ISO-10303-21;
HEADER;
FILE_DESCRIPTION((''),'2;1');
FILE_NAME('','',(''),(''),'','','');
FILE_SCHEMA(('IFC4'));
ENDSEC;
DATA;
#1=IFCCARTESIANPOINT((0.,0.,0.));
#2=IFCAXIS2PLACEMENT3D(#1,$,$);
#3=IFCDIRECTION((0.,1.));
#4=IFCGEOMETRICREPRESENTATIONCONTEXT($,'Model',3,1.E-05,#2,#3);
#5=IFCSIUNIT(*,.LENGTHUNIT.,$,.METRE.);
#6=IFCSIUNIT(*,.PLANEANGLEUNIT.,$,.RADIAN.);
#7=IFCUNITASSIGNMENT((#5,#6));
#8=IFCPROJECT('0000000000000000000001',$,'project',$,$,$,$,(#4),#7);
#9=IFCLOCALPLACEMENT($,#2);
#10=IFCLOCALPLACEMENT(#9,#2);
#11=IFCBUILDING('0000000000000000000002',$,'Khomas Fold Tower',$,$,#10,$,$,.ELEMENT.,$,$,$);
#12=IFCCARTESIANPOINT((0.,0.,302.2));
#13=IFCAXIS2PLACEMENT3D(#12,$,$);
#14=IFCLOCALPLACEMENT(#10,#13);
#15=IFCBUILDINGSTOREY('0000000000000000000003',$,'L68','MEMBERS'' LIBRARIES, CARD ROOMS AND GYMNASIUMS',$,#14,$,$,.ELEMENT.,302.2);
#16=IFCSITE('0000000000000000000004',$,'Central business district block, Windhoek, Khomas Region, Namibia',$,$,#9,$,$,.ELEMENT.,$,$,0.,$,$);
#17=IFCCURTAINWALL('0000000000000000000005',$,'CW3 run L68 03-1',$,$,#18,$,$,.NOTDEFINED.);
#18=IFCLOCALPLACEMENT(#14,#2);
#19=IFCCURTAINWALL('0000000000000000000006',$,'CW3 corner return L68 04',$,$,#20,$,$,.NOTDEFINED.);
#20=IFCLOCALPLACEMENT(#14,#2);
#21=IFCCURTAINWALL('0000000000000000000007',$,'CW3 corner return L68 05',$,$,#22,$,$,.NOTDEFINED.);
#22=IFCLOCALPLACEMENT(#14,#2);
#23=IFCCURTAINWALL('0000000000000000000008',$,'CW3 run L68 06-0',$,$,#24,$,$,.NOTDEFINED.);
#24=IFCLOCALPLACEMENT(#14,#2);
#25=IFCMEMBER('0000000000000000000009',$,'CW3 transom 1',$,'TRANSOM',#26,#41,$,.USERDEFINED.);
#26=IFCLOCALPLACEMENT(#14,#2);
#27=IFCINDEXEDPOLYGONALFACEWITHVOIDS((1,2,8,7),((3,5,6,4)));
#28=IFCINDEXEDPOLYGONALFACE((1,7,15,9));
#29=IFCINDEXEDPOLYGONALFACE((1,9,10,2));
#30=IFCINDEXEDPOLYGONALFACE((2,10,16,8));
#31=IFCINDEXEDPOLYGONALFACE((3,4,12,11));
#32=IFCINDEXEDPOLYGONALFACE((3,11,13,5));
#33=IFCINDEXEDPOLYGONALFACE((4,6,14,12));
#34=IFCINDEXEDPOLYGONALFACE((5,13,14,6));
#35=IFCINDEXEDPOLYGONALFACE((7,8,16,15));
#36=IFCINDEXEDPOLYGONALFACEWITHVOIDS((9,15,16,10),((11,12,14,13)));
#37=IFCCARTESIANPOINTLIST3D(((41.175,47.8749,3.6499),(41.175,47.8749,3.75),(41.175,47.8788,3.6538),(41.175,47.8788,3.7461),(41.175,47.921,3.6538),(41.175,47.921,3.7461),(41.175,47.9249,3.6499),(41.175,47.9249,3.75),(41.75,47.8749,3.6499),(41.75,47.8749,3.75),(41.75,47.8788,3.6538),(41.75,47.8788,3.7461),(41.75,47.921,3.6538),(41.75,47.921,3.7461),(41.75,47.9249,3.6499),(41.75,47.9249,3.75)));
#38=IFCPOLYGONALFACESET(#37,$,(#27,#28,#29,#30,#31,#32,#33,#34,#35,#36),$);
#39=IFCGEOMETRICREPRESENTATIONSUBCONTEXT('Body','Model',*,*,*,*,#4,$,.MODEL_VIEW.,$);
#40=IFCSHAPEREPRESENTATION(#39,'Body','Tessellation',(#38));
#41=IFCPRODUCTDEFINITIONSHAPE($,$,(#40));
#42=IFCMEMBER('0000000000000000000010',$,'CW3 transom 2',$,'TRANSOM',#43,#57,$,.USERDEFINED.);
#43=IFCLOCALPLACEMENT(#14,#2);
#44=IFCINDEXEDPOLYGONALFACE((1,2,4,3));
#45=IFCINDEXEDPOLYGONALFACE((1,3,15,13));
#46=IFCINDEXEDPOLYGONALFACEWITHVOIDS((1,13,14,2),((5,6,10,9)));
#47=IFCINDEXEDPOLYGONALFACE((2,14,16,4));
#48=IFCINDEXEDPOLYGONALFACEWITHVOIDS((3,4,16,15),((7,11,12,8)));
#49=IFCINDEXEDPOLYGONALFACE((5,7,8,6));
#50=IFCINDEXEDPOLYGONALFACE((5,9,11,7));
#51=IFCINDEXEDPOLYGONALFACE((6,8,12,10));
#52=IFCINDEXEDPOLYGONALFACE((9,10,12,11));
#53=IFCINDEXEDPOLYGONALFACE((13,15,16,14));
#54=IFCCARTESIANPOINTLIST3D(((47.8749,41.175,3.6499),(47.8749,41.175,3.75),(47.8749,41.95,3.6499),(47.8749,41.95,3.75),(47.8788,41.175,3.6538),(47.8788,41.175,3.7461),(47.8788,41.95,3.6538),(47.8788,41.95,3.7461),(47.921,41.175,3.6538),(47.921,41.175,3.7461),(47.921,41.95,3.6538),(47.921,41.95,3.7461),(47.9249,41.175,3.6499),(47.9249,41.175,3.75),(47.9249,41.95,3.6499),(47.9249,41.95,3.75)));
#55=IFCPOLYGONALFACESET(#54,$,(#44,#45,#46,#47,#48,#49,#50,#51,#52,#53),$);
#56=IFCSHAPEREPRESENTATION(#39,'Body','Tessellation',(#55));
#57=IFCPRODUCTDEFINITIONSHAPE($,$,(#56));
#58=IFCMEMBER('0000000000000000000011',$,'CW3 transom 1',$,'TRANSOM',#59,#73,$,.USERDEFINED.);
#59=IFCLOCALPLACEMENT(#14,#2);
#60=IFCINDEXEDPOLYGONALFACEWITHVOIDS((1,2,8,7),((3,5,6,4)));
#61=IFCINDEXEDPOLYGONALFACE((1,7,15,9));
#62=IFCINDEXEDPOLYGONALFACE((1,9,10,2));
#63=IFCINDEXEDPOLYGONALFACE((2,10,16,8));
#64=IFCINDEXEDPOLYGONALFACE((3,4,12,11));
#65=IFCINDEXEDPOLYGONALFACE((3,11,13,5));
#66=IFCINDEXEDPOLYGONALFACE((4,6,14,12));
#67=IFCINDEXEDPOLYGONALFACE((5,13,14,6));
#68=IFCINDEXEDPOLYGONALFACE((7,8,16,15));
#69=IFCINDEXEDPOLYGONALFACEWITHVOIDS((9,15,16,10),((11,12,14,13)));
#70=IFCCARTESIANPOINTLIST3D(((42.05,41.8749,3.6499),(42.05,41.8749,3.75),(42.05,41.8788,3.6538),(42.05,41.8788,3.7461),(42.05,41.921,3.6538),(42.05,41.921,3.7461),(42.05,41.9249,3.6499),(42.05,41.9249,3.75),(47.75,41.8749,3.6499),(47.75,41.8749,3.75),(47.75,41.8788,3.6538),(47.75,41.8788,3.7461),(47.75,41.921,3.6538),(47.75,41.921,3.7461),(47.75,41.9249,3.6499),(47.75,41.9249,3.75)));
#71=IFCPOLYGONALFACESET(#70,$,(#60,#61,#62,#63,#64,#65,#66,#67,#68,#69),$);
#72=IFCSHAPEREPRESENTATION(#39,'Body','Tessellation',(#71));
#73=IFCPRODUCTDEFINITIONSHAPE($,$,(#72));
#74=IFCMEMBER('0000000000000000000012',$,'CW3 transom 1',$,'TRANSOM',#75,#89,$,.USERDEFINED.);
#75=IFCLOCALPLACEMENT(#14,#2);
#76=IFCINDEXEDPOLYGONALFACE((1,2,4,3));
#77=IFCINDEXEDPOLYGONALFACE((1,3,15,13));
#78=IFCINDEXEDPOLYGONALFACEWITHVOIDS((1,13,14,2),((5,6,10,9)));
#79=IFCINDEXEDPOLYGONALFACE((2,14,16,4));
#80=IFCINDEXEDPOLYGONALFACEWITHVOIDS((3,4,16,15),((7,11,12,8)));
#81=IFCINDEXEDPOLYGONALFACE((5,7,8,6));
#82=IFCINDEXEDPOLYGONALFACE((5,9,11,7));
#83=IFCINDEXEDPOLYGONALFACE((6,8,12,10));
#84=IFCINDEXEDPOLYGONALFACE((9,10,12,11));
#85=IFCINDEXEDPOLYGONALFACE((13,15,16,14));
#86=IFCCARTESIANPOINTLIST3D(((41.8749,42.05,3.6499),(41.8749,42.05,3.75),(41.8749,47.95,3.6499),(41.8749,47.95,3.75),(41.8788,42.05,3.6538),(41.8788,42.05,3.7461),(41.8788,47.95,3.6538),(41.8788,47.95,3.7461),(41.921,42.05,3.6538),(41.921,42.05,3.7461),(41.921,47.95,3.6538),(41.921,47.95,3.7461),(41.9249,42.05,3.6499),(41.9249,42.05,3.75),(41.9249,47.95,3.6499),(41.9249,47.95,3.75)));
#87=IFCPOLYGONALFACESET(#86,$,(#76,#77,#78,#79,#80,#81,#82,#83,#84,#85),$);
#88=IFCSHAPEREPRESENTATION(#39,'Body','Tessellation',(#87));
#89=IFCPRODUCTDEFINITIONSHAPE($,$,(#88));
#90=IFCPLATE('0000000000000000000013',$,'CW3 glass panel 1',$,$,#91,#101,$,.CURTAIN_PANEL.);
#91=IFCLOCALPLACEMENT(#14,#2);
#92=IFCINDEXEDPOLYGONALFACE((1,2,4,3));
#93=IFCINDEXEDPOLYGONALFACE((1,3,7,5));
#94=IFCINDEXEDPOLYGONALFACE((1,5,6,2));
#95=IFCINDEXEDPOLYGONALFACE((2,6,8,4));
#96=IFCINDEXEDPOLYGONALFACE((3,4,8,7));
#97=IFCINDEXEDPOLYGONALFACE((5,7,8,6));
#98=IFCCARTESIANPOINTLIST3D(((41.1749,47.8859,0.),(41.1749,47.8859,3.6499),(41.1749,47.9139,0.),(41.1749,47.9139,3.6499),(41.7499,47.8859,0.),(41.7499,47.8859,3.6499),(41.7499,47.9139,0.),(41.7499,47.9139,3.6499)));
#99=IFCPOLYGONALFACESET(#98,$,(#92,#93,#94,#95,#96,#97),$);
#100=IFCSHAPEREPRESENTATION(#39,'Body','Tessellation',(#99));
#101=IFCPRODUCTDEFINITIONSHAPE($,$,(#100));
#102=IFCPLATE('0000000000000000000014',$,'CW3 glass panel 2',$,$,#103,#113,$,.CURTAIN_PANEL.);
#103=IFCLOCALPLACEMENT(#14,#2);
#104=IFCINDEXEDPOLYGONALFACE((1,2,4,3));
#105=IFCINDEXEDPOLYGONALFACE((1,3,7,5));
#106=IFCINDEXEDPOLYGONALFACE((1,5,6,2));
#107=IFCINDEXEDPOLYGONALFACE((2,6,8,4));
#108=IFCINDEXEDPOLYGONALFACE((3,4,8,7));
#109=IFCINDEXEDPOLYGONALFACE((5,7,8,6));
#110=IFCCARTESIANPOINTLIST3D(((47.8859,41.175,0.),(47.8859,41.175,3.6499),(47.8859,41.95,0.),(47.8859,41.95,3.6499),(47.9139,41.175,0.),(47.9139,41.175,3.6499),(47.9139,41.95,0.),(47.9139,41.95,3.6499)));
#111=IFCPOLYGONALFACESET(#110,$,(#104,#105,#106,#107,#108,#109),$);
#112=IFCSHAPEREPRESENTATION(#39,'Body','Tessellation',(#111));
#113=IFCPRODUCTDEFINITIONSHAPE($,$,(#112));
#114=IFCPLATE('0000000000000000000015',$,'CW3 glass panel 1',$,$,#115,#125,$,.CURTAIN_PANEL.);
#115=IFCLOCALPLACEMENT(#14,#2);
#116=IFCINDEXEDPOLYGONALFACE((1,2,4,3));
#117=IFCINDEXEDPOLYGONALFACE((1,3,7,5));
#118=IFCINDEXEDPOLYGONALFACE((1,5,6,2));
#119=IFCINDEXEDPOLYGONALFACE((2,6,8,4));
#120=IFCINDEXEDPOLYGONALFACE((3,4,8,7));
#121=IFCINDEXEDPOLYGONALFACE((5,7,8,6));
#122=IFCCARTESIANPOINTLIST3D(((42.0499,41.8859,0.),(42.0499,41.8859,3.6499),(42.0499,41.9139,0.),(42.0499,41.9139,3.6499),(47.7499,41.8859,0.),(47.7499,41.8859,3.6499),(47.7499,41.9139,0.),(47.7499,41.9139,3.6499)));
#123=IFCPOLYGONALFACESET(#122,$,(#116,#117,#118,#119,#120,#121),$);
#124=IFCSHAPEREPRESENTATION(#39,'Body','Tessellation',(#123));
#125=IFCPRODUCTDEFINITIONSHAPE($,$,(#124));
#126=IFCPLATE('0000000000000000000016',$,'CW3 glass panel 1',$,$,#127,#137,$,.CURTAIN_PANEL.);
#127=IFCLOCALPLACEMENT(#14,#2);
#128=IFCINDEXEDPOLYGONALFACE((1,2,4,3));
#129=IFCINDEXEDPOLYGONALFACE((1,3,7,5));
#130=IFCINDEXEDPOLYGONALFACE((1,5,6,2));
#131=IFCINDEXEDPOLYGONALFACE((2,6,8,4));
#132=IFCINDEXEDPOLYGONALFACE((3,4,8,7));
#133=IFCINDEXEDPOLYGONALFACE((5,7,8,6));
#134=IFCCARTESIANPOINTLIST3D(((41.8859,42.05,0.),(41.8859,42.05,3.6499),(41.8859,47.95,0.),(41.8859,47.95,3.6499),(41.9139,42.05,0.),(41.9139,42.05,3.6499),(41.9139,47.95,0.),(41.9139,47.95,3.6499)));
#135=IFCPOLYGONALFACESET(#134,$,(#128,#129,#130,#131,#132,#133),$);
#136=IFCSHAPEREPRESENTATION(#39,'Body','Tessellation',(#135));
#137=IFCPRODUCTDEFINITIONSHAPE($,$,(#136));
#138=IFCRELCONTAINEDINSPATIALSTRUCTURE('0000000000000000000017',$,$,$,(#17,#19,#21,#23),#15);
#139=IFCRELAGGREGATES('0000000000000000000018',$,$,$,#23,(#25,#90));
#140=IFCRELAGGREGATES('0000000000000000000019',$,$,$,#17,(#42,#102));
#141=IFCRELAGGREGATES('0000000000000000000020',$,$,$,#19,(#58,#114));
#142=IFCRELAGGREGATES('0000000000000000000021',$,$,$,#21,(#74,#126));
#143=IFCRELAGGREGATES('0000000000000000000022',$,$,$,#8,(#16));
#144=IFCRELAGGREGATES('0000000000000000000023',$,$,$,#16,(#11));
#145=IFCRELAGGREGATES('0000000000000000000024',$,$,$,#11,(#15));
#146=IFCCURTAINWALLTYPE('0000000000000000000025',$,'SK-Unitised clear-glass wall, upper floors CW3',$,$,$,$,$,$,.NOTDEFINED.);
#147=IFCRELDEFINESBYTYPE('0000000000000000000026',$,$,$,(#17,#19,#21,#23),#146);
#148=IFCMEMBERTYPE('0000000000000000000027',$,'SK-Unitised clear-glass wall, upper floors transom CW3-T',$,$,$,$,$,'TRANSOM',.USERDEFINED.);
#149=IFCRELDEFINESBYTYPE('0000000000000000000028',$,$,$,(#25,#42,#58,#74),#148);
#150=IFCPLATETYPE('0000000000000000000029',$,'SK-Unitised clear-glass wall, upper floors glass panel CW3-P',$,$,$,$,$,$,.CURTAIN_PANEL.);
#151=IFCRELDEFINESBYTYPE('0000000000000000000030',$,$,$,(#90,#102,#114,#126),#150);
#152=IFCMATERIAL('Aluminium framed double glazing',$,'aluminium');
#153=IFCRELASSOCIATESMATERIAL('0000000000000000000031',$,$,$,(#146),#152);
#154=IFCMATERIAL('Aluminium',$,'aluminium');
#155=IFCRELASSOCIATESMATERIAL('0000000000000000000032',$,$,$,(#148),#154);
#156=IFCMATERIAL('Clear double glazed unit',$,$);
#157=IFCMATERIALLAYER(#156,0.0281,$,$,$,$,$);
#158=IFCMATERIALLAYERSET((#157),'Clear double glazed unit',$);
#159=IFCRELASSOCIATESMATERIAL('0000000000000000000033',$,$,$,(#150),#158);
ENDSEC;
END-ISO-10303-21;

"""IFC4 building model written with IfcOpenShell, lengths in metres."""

from ifc_helpers import new_model, si_unit, direction, frame, origin, origin_2d, place, context, subcontext, project, spatial, rectangle, hollow_rectangle, extrude, source, transform, mapped, material, layer, layer_set, material_profile, profile_set, type_object, element, aggregate, save


model = new_model("IFC4")

# Units and contexts
model_context = context("Model", 3, precision=1e-05, world=origin(), true_north=direction((0.0, 1.0)))
body_context = subcontext(model_context, "Body", "Model", "MODEL_VIEW")
ifc_project = project(units=[si_unit("LENGTHUNIT", "METRE"), si_unit("PLANEANGLEUNIT", "RADIAN")], contexts=[model_context])

# Site, building, storey
site_placement = place(None, origin())
site = spatial("IfcSite", under=ifc_project, at=site_placement, Name="Central business district block, Windhoek, Khomas Region, Namibia", CompositionType="ELEMENT", RefElevation=0.0)
building_placement = place(site_placement, origin())
building = spatial("IfcBuilding", under=site, at=building_placement, Name="Khomas Fold Tower", CompositionType="ELEMENT")
storey_placement = place(building_placement, frame((0.0, 0.0, 302.2)))
storey = spatial("IfcBuildingStorey", under=building, at=storey_placement, Name="L68", Description="MEMBERS' LIBRARIES, CARD ROOMS AND GYMNASIUMS", CompositionType="ELEMENT", Elevation=302.2)

# Curtain walls, member
ifc_material_1 = material(Name="Aluminium framed double glazing", Category="aluminium")
curtain_wall_type = type_object("IfcCurtainWallType", Name="SK-Unitised clear-glass wall, upper floors CW3", PredefinedType="NOTDEFINED", material=ifc_material_1)
curtain_wall_1_placement = place(storey_placement, origin())
curtain_wall_1 = element("IfcCurtainWall", 1, at=curtain_wall_1_placement, inside=storey, type_object=curtain_wall_type, Name="CW3 run L68 03-1", PredefinedType="NOTDEFINED")
curtain_wall_2_placement = place(storey_placement, origin())
curtain_wall_2 = element("IfcCurtainWall", 2, at=curtain_wall_2_placement, inside=storey, type_object=curtain_wall_type, Name="CW3 corner return L68 04", PredefinedType="NOTDEFINED")
curtain_wall_3_placement = place(storey_placement, origin())
curtain_wall_3 = element("IfcCurtainWall", 3, at=curtain_wall_3_placement, inside=storey, type_object=curtain_wall_type, Name="CW3 corner return L68 05", PredefinedType="NOTDEFINED")
curtain_wall_4_placement = place(storey_placement, origin())
curtain_wall_4 = element("IfcCurtainWall", 4, at=curtain_wall_4_placement, inside=storey, type_object=curtain_wall_type, Name="CW3 run L68 06-0", PredefinedType="NOTDEFINED")
ifc_material_2 = material(Name="Aluminium", Category="aluminium")
ifc_material_profile_1 = material_profile(ifc_material_2, hollow_rectangle(XDim=0.05, YDim=0.1001, WallThickness=0.0039, at=origin_2d()), Name="SK-Unitised clear-glass wall, upper floors transom CW3-T")
ifc_profile_set_1 = profile_set([ifc_material_profile_1], Name="Aluminium")
member_type_1 = type_object("IfcMemberType", Name="SK-Unitised clear-glass wall, upper floors transom CW3-T", ElementType="TRANSOM", PredefinedType="USERDEFINED", material=ifc_profile_set_1)
shared_shape_1 = source(origin(), body_context, "Body", "SweptSolid", [
    extrude(hollow_rectangle(XDim=0.05, YDim=0.1001, WallThickness=0.0039, at=origin_2d()), origin(), (0.0, 0.0, 1.0), 0.575),
])
member_1_placement = place(storey_placement, frame((41.75, 47.8999, 3.7), z_axis=(-1.0, 0.0, 0.0), x_axis=(0.0, -1.0, 0.0)))
member_1 = element("IfcMember", 5, at=member_1_placement, type_object=member_type_1, Name="CW3 transom 1", ObjectType="TRANSOM", PredefinedType="USERDEFINED", context=body_context, shape_type="MappedRepresentation", body=[
    mapped(shared_shape_1, transform((0.0, 0.0, 0.0))),
])

# Members
shared_shape_2 = source(origin(), body_context, "Body", "SweptSolid", [
    extrude(hollow_rectangle(XDim=0.05, YDim=0.1001, WallThickness=0.0039, at=origin_2d()), origin(), (0.0, 0.0, 1.0), 0.7749),
])
member_2_placement = place(storey_placement, frame((47.8999, 41.175, 3.7), z_axis=(0.0, 1.0, 0.0), x_axis=(-1.0, 0.0, 0.0)))
member_2 = element("IfcMember", 6, at=member_2_placement, type_object=member_type_1, Name="CW3 transom 2", ObjectType="TRANSOM", PredefinedType="USERDEFINED", context=body_context, shape_type="MappedRepresentation", body=[
    mapped(shared_shape_2, transform((0.0, 0.0, 0.0))),
])
shared_shape_3 = source(origin(), body_context, "Body", "SweptSolid", [
    extrude(hollow_rectangle(XDim=0.05, YDim=0.1001, WallThickness=0.0039, at=origin_2d()), origin(), (0.0, 0.0, 1.0), 5.7),
])
member_3_placement = place(storey_placement, frame((47.75, 41.8999, 3.7), z_axis=(-1.0, 0.0, 0.0), x_axis=(0.0, -1.0, 0.0)))
member_3 = element("IfcMember", 7, at=member_3_placement, type_object=member_type_1, Name="CW3 transom 1", ObjectType="TRANSOM", PredefinedType="USERDEFINED", context=body_context, shape_type="MappedRepresentation", body=[
    mapped(shared_shape_3, transform((0.0, 0.0, 0.0))),
])
shared_shape_4 = source(origin(), body_context, "Body", "SweptSolid", [
    extrude(hollow_rectangle(XDim=0.05, YDim=0.1001, WallThickness=0.0039, at=origin_2d()), origin(), (0.0, 0.0, 1.0), 5.8999),
])
member_4_placement = place(storey_placement, frame((41.8999, 42.05, 3.7), z_axis=(0.0, 1.0, 0.0), x_axis=(-1.0, 0.0, 0.0)))
member_4 = element("IfcMember", 8, at=member_4_placement, type_object=member_type_1, Name="CW3 transom 1", ObjectType="TRANSOM", PredefinedType="USERDEFINED", context=body_context, shape_type="MappedRepresentation", body=[
    mapped(shared_shape_4, transform((0.0, 0.0, 0.0))),
])

# Plates
ifc_material_3 = material(Name="Clear double glazed unit")
ifc_layer = layer(ifc_material_3, 0.0281)
ifc_layer_set = layer_set([ifc_layer], Name="Clear double glazed unit")
plate_type = type_object("IfcPlateType", Name="SK-Unitised clear-glass wall, upper floors glass panel CW3-P", PredefinedType="CURTAIN_PANEL", material=ifc_layer_set)
shared_shape_5 = source(origin(), body_context, "Body", "SweptSolid", [
    extrude(rectangle(XDim=0.575, YDim=0.0281, at=origin_2d()), origin(), (0.0, 0.0, 1.0), 3.6499),
])
plate_1_placement = place(storey_placement, frame((41.4624, 47.8999, 0.0), z_axis=(0.0, 0.0, 1.0), x_axis=(-1.0, 0.0, 0.0)))
plate_1 = element("IfcPlate", 9, at=plate_1_placement, type_object=plate_type, Name="CW3 glass panel 1", PredefinedType="CURTAIN_PANEL", context=body_context, shape_type="MappedRepresentation", body=[
    mapped(shared_shape_5, transform((0.0, 0.0, 0.0))),
])
aggregate(curtain_wall_4, [member_1, plate_1])
shared_shape_6 = source(origin(), body_context, "Body", "SweptSolid", [
    extrude(rectangle(XDim=0.7749, YDim=0.0281, at=origin_2d()), origin(), (0.0, 0.0, 1.0), 3.6499),
])
plate_2_placement = place(storey_placement, frame((47.8999, 41.5625, 0.0), z_axis=(0.0, 0.0, 1.0), x_axis=(0.0, 1.0, 0.0)))
plate_2 = element("IfcPlate", 10, at=plate_2_placement, type_object=plate_type, Name="CW3 glass panel 2", PredefinedType="CURTAIN_PANEL", context=body_context, shape_type="MappedRepresentation", body=[
    mapped(shared_shape_6, transform((0.0, 0.0, 0.0))),
])
aggregate(curtain_wall_1, [member_2, plate_2])
shared_shape_7 = source(origin(), body_context, "Body", "SweptSolid", [
    extrude(rectangle(XDim=5.7, YDim=0.0281, at=origin_2d()), origin(), (0.0, 0.0, 1.0), 3.6499),
])
plate_3_placement = place(storey_placement, frame((44.8999, 41.8999, 0.0), z_axis=(0.0, 0.0, 1.0), x_axis=(-1.0, 0.0, 0.0)))
plate_3 = element("IfcPlate", 11, at=plate_3_placement, type_object=plate_type, Name="CW3 glass panel 1", PredefinedType="CURTAIN_PANEL", context=body_context, shape_type="MappedRepresentation", body=[
    mapped(shared_shape_7, transform((0.0, 0.0, 0.0))),
])
aggregate(curtain_wall_2, [member_3, plate_3])
shared_shape_8 = source(origin(), body_context, "Body", "SweptSolid", [
    extrude(rectangle(XDim=5.8999, YDim=0.0281, at=origin_2d()), origin(), (0.0, 0.0, 1.0), 3.6499),
])
plate_4_placement = place(storey_placement, frame((41.8999, 45.0, 0.0), z_axis=(0.0, 0.0, 1.0), x_axis=(0.0, 1.0, 0.0)))
plate_4 = element("IfcPlate", 12, at=plate_4_placement, type_object=plate_type, Name="CW3 glass panel 1", PredefinedType="CURTAIN_PANEL", context=body_context, shape_type="MappedRepresentation", body=[
    mapped(shared_shape_8, transform((0.0, 0.0, 0.0))),
])
aggregate(curtain_wall_3, [member_4, plate_4])

save(model, "model.ifc")
